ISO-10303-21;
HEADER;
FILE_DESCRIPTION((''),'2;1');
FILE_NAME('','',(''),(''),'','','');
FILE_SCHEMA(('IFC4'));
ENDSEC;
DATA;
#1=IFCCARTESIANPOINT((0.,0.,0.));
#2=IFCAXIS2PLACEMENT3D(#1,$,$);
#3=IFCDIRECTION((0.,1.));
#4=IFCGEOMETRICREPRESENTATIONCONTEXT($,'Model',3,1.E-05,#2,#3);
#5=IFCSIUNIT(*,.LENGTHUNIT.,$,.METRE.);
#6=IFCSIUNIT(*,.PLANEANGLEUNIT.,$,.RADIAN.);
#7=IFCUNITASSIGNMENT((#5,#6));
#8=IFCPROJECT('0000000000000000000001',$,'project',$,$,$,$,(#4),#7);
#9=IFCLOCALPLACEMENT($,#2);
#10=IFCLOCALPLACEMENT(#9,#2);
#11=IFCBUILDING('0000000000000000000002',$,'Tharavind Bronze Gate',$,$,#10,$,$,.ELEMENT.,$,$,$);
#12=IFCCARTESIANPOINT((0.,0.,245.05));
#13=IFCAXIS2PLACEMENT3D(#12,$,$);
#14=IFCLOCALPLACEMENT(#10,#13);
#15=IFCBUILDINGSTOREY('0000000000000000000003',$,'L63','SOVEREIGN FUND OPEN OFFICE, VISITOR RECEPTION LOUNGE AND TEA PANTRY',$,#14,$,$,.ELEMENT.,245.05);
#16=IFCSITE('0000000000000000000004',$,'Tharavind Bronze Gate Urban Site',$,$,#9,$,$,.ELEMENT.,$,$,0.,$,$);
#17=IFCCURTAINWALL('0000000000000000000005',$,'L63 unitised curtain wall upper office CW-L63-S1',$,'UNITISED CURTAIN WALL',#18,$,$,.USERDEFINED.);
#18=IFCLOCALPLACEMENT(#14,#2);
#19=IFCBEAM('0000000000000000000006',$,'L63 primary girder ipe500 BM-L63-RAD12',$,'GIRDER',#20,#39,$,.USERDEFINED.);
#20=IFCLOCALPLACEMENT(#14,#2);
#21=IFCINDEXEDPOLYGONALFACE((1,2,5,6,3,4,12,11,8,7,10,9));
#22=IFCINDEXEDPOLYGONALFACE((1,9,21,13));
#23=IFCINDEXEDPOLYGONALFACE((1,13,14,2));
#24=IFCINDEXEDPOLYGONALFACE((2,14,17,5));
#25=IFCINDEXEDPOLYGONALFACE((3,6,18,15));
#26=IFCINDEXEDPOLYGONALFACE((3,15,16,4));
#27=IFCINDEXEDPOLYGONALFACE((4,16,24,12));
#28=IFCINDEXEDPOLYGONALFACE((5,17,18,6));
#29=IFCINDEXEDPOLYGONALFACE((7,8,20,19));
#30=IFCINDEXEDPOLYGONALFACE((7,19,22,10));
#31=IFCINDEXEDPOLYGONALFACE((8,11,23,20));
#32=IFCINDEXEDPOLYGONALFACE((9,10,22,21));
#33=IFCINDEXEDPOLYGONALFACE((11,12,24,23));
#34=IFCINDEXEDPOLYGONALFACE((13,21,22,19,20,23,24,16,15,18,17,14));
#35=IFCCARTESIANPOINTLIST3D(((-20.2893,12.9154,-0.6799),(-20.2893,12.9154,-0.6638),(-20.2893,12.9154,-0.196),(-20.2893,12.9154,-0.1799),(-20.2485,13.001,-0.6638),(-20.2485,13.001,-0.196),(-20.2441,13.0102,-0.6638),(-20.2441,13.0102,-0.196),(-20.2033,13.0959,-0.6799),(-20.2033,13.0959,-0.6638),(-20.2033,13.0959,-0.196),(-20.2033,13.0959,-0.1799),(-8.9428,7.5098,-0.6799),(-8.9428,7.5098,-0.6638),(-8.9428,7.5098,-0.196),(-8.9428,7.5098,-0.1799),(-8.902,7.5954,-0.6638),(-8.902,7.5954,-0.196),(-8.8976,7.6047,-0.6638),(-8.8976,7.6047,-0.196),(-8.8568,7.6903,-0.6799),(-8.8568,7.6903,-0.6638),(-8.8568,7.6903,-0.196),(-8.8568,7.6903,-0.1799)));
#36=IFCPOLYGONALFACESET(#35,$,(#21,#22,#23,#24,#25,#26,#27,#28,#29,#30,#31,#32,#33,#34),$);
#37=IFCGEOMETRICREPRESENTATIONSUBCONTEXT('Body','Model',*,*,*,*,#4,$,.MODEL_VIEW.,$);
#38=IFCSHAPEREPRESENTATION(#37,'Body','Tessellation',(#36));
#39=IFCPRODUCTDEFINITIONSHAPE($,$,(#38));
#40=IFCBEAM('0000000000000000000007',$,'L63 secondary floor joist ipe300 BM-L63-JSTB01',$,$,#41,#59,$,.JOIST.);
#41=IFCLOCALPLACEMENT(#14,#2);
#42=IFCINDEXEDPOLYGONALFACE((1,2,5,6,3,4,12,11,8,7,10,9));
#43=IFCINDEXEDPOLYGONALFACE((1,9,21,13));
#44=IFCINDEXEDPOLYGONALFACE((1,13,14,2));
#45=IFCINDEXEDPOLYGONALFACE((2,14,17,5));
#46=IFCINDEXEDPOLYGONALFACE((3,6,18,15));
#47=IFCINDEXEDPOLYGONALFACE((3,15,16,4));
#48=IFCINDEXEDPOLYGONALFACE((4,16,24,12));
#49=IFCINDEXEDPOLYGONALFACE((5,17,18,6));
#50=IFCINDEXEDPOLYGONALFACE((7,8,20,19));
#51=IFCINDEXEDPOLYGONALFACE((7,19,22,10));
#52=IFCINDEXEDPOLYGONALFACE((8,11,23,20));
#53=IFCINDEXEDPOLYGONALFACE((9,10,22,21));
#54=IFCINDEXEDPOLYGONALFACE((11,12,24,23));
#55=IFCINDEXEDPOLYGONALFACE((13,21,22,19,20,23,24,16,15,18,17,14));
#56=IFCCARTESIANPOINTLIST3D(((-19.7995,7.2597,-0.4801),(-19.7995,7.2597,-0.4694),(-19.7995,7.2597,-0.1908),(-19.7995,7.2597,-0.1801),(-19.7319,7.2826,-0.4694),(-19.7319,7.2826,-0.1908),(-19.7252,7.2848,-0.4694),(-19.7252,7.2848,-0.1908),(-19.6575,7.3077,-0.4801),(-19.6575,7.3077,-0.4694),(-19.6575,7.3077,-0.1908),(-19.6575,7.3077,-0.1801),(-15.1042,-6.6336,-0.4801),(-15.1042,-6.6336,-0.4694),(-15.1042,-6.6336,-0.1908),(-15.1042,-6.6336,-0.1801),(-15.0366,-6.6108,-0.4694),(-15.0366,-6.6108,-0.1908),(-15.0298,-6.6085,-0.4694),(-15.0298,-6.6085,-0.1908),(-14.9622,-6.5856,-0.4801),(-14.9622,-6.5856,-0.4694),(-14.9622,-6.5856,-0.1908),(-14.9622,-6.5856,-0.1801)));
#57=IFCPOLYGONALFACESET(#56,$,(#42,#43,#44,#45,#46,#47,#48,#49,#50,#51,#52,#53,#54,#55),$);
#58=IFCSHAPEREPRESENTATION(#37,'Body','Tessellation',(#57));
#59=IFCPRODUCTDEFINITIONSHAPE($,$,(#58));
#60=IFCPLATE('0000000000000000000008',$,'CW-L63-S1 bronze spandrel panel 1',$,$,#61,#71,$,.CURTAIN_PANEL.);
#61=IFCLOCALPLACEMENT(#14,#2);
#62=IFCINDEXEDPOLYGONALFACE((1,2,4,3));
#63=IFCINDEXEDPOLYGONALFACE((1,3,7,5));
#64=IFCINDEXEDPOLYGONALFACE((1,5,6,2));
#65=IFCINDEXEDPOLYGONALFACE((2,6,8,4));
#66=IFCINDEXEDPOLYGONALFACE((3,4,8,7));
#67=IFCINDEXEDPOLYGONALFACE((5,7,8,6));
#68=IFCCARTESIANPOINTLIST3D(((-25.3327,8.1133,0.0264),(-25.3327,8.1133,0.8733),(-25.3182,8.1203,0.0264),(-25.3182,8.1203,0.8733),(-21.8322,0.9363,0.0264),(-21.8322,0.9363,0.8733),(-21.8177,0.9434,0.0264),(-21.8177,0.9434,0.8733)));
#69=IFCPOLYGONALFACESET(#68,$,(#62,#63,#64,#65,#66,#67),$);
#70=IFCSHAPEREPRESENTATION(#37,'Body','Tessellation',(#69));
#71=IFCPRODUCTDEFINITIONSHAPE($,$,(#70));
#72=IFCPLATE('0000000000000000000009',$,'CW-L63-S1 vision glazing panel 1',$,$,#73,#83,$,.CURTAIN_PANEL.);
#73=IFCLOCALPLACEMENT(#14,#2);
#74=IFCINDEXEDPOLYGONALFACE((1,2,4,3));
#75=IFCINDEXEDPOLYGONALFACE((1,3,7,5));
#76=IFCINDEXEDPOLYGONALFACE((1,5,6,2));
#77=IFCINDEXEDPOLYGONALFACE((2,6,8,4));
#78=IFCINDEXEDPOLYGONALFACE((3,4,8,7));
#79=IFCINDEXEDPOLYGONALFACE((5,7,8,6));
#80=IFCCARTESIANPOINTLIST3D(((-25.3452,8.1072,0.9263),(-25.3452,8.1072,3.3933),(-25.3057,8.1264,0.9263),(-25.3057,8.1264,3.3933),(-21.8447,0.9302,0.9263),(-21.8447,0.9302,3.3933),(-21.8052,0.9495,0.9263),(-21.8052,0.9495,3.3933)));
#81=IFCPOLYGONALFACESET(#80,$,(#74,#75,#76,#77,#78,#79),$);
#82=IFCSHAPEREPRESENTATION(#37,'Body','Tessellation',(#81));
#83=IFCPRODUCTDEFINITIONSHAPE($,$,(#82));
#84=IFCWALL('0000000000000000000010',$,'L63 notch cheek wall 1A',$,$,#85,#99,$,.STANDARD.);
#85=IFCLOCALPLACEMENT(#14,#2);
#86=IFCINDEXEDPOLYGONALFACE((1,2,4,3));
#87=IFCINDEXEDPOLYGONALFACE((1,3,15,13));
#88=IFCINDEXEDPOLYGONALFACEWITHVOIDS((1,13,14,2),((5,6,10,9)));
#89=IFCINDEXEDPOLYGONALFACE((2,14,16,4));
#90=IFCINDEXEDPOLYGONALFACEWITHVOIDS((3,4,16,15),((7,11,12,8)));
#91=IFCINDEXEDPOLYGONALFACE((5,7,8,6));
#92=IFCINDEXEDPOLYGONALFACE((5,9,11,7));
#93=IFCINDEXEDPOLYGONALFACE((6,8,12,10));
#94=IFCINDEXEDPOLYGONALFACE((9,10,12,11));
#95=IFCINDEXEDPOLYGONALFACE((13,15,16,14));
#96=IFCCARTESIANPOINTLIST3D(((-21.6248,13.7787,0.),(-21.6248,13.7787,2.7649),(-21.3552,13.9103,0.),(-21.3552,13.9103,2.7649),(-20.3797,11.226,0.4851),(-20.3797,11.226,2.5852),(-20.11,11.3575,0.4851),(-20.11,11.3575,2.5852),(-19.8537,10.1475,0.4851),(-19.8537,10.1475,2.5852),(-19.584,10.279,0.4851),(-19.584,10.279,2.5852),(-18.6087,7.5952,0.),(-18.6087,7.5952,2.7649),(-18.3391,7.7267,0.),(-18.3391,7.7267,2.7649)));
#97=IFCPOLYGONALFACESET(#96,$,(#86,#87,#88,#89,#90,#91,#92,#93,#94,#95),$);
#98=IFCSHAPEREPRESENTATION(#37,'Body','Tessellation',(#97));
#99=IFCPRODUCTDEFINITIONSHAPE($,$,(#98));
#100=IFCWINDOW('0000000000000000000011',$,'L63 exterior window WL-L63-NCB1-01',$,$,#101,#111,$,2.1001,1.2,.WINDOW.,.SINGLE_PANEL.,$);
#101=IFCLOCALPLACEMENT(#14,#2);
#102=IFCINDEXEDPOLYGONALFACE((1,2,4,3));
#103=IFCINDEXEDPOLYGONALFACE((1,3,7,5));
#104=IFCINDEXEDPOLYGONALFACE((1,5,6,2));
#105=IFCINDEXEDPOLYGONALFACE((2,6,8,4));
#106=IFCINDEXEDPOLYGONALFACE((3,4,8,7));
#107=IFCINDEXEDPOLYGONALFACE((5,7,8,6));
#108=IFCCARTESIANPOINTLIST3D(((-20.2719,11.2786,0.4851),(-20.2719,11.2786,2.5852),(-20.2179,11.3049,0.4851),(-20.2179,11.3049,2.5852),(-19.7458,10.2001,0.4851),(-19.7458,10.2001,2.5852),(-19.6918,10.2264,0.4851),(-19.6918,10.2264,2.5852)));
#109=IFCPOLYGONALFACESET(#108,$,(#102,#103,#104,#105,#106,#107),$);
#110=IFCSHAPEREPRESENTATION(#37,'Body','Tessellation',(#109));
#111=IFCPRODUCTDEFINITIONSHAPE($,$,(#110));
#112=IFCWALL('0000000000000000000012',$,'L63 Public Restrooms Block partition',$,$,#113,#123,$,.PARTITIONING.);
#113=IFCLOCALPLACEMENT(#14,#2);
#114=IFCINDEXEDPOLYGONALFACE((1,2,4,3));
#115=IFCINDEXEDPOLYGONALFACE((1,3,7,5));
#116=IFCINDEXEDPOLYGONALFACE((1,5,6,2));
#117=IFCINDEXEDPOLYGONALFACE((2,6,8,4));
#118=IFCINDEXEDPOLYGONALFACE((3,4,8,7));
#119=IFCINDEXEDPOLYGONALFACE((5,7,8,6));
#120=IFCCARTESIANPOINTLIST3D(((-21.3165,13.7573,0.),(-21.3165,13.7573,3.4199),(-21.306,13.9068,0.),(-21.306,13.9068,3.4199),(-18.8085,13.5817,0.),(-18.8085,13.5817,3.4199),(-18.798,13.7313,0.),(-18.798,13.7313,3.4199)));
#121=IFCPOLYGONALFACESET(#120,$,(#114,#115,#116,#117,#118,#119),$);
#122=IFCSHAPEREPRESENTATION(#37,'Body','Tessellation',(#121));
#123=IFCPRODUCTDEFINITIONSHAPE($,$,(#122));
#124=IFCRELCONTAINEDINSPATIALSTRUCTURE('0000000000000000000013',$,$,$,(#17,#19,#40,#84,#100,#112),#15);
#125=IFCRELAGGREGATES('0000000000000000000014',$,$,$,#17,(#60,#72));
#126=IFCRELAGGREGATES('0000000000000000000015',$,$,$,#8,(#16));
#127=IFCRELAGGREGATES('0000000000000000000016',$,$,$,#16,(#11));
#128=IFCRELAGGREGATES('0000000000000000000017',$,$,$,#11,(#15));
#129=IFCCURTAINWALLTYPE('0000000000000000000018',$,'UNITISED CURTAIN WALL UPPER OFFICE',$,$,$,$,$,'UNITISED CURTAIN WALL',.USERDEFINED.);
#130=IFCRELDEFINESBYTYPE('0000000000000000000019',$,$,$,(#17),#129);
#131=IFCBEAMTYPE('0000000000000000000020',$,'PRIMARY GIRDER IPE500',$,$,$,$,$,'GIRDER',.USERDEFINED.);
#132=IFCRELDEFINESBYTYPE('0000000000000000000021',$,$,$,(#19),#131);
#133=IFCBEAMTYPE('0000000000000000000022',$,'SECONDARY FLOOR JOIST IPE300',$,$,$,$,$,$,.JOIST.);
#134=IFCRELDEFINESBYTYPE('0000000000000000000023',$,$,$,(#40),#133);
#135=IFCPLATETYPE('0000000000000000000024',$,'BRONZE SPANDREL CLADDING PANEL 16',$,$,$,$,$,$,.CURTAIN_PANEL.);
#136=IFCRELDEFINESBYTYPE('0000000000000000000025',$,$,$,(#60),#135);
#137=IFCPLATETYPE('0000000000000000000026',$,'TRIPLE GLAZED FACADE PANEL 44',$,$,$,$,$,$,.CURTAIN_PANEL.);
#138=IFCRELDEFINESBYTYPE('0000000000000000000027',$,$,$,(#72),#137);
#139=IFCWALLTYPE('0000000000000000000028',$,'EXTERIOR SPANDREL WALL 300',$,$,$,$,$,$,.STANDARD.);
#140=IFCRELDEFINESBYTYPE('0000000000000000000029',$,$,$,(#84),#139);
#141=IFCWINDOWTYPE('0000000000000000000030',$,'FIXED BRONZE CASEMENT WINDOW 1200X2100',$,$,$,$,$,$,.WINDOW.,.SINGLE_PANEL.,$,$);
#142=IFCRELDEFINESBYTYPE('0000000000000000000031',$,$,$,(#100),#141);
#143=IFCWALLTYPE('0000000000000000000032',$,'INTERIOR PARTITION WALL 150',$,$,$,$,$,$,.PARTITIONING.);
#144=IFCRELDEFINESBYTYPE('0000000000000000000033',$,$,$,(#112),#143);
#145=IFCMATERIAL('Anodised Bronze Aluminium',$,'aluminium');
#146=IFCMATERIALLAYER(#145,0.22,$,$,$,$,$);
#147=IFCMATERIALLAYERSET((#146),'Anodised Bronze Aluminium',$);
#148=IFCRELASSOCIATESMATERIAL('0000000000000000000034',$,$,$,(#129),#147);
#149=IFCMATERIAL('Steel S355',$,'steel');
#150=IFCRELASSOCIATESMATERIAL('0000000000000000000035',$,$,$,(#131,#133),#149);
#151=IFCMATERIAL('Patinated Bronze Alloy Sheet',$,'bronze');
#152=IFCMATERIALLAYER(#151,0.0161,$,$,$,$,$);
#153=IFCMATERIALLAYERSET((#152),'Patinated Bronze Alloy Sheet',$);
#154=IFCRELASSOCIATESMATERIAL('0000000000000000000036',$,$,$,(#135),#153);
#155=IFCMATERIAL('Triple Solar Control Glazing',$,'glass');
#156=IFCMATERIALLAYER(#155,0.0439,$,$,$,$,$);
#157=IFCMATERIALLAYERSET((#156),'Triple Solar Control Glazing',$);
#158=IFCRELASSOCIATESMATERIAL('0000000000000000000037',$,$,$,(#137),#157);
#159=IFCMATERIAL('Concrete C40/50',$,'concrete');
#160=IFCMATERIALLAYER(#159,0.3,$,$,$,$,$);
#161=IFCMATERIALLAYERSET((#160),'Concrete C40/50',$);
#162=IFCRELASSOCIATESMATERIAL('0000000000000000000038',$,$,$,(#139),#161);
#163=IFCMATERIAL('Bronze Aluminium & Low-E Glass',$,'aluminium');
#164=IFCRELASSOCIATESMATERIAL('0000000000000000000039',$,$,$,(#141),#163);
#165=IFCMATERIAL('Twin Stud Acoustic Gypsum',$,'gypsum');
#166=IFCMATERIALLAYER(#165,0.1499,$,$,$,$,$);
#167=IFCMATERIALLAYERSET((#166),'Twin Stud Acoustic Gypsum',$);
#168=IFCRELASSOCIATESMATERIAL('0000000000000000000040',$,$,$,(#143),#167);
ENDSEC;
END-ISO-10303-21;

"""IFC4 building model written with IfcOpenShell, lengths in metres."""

from ifc_helpers import new_model, si_unit, direction, frame, frame_2d, origin, origin_2d, place, context, subcontext, project, spatial, rectangle, i_section, extrude, material, layer, layer_set, material_profile, profile_set, type_object, element, fill, aggregate, save


model = new_model("IFC4")

# Units and contexts
model_context = context("Model", 3, precision=1e-05, world=origin(), true_north=direction((0.0, 1.0)))
body_context = subcontext(model_context, "Body", "Model", "MODEL_VIEW")
ifc_project = project(units=[si_unit("LENGTHUNIT", "METRE"), si_unit("PLANEANGLEUNIT", "RADIAN")], contexts=[model_context])

# Site, building, storey
site_placement = place(None, origin())
site = spatial("IfcSite", under=ifc_project, at=site_placement, Name="Tharavind Bronze Gate Urban Site", CompositionType="ELEMENT", RefElevation=0.0)
building_placement = place(site_placement, origin())
building = spatial("IfcBuilding", under=site, at=building_placement, Name="Tharavind Bronze Gate", CompositionType="ELEMENT")
storey_placement = place(building_placement, frame((0.0, 0.0, 245.05)))
storey = spatial("IfcBuildingStorey", under=building, at=storey_placement, Name="L63", Description="SOVEREIGN FUND OPEN OFFICE, VISITOR RECEPTION LOUNGE AND TEA PANTRY", CompositionType="ELEMENT", Elevation=245.05)

# Curtain wall
ifc_material_1 = material(Name="Anodised Bronze Aluminium", Category="aluminium")
ifc_layer_1 = layer(ifc_material_1, 0.22)
ifc_layer_set_1 = layer_set([ifc_layer_1], Name="Anodised Bronze Aluminium")
curtain_wall_type = type_object("IfcCurtainWallType", Name="UNITISED CURTAIN WALL UPPER OFFICE", ElementType="UNITISED CURTAIN WALL", PredefinedType="USERDEFINED", material=ifc_layer_set_1)
curtain_wall_1_placement = place(storey_placement, origin())
curtain_wall_1 = element("IfcCurtainWall", 1, at=curtain_wall_1_placement, inside=storey, type_object=curtain_wall_type, Name="L63 unitised curtain wall upper office CW-L63-S1", ObjectType="UNITISED CURTAIN WALL", PredefinedType="USERDEFINED")

# Beams
ifc_material_2 = material(Name="Steel S355", Category="steel")
ifc_material_profile_1 = material_profile(ifc_material_2, i_section(OverallWidth=0.2, OverallDepth=0.5, WebThickness=0.0103, FlangeThickness=0.0161, at=origin_2d()), Name="IPE500")
ifc_profile_set_1 = profile_set([ifc_material_profile_1], Name="Steel S355")
beam_type_1 = type_object("IfcBeamType", Name="PRIMARY GIRDER IPE500", ElementType="GIRDER", PredefinedType="USERDEFINED", material=ifc_profile_set_1)
beam_1_placement = place(storey_placement, frame((-20.2463, 13.0056, -0.4299), z_axis=(0.902785, -0.430093, 0.0), x_axis=(0.430093, 0.902785, 0.0)))
element("IfcBeam", 2, at=beam_1_placement, inside=storey, type_object=beam_type_1, Name="L63 primary girder ipe500 BM-L63-RAD12", ObjectType="GIRDER", PredefinedType="USERDEFINED", context=body_context, shape_type="SweptSolid", body=[
    extrude(i_section(OverallWidth=0.2, OverallDepth=0.5, WebThickness=0.0103, FlangeThickness=0.0161, at=origin_2d()), origin(), (0.0, 0.0, 1.0), 12.5684),
])
ifc_material_profile_2 = material_profile(ifc_material_2, i_section(OverallWidth=0.1499, OverallDepth=0.3, WebThickness=0.0071, FlangeThickness=0.0107, at=origin_2d()), Name="IPE300")
ifc_profile_set_2 = profile_set([ifc_material_profile_2], Name="Steel S355")
beam_type_2 = type_object("IfcBeamType", Name="SECONDARY FLOOR JOIST IPE300", PredefinedType="JOIST", material=ifc_profile_set_2)
beam_2_placement = place(storey_placement, frame((-19.7285, 7.2837, -0.3301), z_axis=(0.320166, -0.947362, 0.0), x_axis=(0.947362, 0.320166, 0.0)))
element("IfcBeam", 3, at=beam_2_placement, inside=storey, type_object=beam_type_2, Name="L63 secondary floor joist ipe300 BM-L63-JSTB01", PredefinedType="JOIST", context=body_context, shape_type="SweptSolid", body=[
    extrude(i_section(OverallWidth=0.1499, OverallDepth=0.3, WebThickness=0.0071, FlangeThickness=0.0107, at=origin_2d()), origin(), (0.0, 0.0, 1.0), 14.6653),
])

# Plates
ifc_material_3 = material(Name="Patinated Bronze Alloy Sheet", Category="bronze")
ifc_layer_2 = layer(ifc_material_3, 0.0161)
ifc_layer_set_2 = layer_set([ifc_layer_2], Name="Patinated Bronze Alloy Sheet")
plate_type_1 = type_object("IfcPlateType", Name="BRONZE SPANDREL CLADDING PANEL 16", PredefinedType="CURTAIN_PANEL", material=ifc_layer_set_2)
plate_1_placement = place(storey_placement, frame((-23.5752, 4.5283, 0.0264), z_axis=(0.0, 0.0, 1.0), x_axis=(0.438371, -0.898794, 0.0)))
plate_1 = element("IfcPlate", 4, at=plate_1_placement, type_object=plate_type_1, Name="CW-L63-S1 bronze spandrel panel 1", PredefinedType="CURTAIN_PANEL", context=body_context, shape_type="SweptSolid", body=[
    extrude(rectangle(XDim=7.9851, YDim=0.0161, at=origin_2d()), origin(), (0.0, 0.0, 1.0), 0.8469),
])
ifc_material_4 = material(Name="Triple Solar Control Glazing", Category="glass")
ifc_layer_3 = layer(ifc_material_4, 0.0439)
ifc_layer_set_3 = layer_set([ifc_layer_3], Name="Triple Solar Control Glazing")
plate_type_2 = type_object("IfcPlateType", Name="TRIPLE GLAZED FACADE PANEL 44", PredefinedType="CURTAIN_PANEL", material=ifc_layer_set_3)
plate_2_placement = place(storey_placement, frame((-23.5752, 4.5283, 0.9263), z_axis=(0.0, 0.0, 1.0), x_axis=(0.438371, -0.898794, 0.0)))
plate_2 = element("IfcPlate", 5, at=plate_2_placement, type_object=plate_type_2, Name="CW-L63-S1 vision glazing panel 1", PredefinedType="CURTAIN_PANEL", context=body_context, shape_type="SweptSolid", body=[
    extrude(rectangle(XDim=7.9851, YDim=0.0439, at=origin_2d()), origin(), (0.0, 0.0, 1.0), 2.467),
])
aggregate(curtain_wall_1, [plate_1, plate_2])

# Wall, opening, window
ifc_material_5 = material(Name="Concrete C40/50", Category="concrete")
ifc_layer_4 = layer(ifc_material_5, 0.3)
ifc_layer_set_4 = layer_set([ifc_layer_4], Name="Concrete C40/50")
wall_type_1 = type_object("IfcWallType", Name="EXTERIOR SPANDREL WALL 300", PredefinedType="STANDARD", material=ifc_layer_set_4)
wall_1_placement = place(storey_placement, frame((-21.49, 13.8445, 0.0), z_axis=(0.0, 0.0, 1.0), x_axis=(0.438391, -0.898784, 0.0)))
wall_1 = element("IfcWall", 6, at=wall_1_placement, inside=storey, type_object=wall_type_1, Name="L63 notch cheek wall 1A", PredefinedType="STANDARD", context=body_context, shape_type="SweptSolid", body=[
    extrude(rectangle(XDim=6.8799, YDim=0.3, at=frame_2d((3.4399, 0.0))), origin(), (0.0, 0.0, 1.0), 2.7649),
])
opening_placement = place(wall_1_placement, frame((2.8401, 0.0, 0.4851)))
opening = element("IfcOpeningElement", 7, at=opening_placement, cuts=wall_1, PredefinedType="OPENING", context=body_context, shape_type="SweptSolid", body=[
    extrude(rectangle(XDim=1.2, YDim=2.1001, at=frame_2d((0.6001, 1.05))), frame((0.0, 0.1599, 0.0), z_axis=(0.0, -1.0, 0.0), x_axis=(1.0, 0.0, 0.0)), (0.0, 0.0, 1.0), 0.32),
])
ifc_material_6 = material(Name="Bronze Aluminium & Low-E Glass", Category="aluminium")
window_type = type_object("IfcWindowType", Name="FIXED BRONZE CASEMENT WINDOW 1200X2100", PartitioningType="SINGLE_PANEL", PredefinedType="WINDOW", material=ifc_material_6)
window_placement = place(opening_placement, origin())
window = element("IfcWindow", 8, at=window_placement, inside=storey, type_object=window_type, Name="L63 exterior window WL-L63-NCB1-01", OverallHeight=2.1001, OverallWidth=1.2, PartitioningType="SINGLE_PANEL", PredefinedType="WINDOW", context=body_context, shape_type="SweptSolid", body=[
    extrude(rectangle(XDim=1.2, YDim=2.1001, at=frame_2d((0.6001, 1.05))), frame((0.0, 0.03, 0.0), z_axis=(0.0, -1.0, 0.0), x_axis=(1.0, 0.0, 0.0)), (0.0, 0.0, 1.0), 0.0601),
])
fill(opening, window)

# Wall
ifc_material_7 = material(Name="Twin Stud Acoustic Gypsum", Category="gypsum")
ifc_layer_5 = layer(ifc_material_7, 0.1499)
ifc_layer_set_5 = layer_set([ifc_layer_5], Name="Twin Stud Acoustic Gypsum")
wall_type_2 = type_object("IfcWallType", Name="INTERIOR PARTITION WALL 150", PredefinedType="PARTITIONING", material=ifc_layer_set_5)
wall_2_placement = place(storey_placement, frame((-21.3113, 13.832, 0.0), z_axis=(0.0, 0.0, 1.0), x_axis=(0.99756, -0.069818, 0.0)))
element("IfcWall", 9, at=wall_2_placement, inside=storey, type_object=wall_type_2, Name="L63 Public Restrooms Block partition", PredefinedType="PARTITIONING", context=body_context, shape_type="SweptSolid", body=[
    extrude(rectangle(XDim=2.5142, YDim=0.1499, at=frame_2d((1.2571, 0.0))), origin(), (0.0, 0.0, 1.0), 3.4199),
])

save(model, "model.ifc")
